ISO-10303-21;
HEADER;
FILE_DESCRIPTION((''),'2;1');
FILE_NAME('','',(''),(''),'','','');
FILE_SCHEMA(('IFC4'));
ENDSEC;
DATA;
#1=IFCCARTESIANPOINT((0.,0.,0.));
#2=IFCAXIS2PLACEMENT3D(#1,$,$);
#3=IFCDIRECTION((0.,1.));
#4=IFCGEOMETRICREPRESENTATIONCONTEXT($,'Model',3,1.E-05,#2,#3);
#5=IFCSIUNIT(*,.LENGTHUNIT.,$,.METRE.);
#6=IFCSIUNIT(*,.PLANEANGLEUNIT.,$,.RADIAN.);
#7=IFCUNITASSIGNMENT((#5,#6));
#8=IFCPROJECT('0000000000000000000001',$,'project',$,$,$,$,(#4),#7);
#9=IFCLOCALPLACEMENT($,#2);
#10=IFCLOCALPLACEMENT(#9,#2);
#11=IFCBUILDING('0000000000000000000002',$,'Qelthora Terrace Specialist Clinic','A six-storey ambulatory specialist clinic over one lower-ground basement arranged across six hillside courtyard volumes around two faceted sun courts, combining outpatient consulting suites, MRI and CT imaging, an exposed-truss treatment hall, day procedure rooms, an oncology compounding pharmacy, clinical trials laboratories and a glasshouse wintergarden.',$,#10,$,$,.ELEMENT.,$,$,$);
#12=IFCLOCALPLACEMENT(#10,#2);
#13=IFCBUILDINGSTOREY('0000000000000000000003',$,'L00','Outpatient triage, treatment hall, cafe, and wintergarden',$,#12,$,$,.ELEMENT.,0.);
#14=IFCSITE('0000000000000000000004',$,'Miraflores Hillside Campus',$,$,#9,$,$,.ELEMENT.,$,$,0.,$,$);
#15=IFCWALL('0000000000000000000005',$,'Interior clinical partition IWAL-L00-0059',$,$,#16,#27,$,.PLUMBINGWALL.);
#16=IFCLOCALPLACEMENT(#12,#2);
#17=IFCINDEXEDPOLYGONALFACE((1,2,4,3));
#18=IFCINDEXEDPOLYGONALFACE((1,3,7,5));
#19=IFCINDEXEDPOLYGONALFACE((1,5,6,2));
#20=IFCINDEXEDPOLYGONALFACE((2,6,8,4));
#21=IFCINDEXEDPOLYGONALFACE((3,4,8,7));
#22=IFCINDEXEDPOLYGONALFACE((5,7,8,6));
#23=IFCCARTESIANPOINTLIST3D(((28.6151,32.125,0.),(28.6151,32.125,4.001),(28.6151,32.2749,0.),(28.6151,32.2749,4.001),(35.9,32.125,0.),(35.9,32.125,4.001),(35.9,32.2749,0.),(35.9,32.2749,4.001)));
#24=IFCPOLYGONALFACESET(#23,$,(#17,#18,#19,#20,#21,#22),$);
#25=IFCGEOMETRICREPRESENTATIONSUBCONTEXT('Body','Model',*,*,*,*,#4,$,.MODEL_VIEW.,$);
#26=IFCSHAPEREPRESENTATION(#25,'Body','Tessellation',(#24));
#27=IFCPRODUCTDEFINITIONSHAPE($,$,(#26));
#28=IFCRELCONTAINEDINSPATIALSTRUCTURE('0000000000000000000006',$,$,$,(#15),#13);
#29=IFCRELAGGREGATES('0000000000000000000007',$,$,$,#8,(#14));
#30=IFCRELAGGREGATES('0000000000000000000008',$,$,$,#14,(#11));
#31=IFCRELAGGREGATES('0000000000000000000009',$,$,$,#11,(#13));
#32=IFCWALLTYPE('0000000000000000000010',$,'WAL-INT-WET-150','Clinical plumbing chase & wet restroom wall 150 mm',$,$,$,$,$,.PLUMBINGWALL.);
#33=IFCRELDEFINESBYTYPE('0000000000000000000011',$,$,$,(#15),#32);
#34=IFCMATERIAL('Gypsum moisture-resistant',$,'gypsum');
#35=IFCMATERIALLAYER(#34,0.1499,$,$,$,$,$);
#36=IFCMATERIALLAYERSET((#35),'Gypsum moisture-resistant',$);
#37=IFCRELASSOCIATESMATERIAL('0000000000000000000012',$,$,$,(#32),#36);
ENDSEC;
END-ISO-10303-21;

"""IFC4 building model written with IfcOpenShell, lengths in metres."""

from ifc_helpers import new_model, si_unit, direction, frame, frame_2d, origin, place, context, subcontext, project, spatial, rectangle, extrude, material, layer, layer_set, type_object, element, save


model = new_model("IFC4")

# Units and contexts
model_context = context("Model", 3, precision=1e-05, world=origin(), true_north=direction((0.0, 1.0)))
body_context = subcontext(model_context, "Body", "Model", "MODEL_VIEW")
ifc_project = project(units=[si_unit("LENGTHUNIT", "METRE"), si_unit("PLANEANGLEUNIT", "RADIAN")], contexts=[model_context])

# Site, building, storey
site_placement = place(None, origin())
site = spatial("IfcSite", under=ifc_project, at=site_placement, Name="Miraflores Hillside Campus", CompositionType="ELEMENT", RefElevation=0.0)
building_placement = place(site_placement, origin())
building = spatial("IfcBuilding", under=site, at=building_placement, Name="Qelthora Terrace Specialist Clinic", Description="A six-storey ambulatory specialist clinic over one lower-ground basement arranged across six hillside courtyard volumes around two faceted sun courts, combining outpatient consulting suites, MRI and CT imaging, an exposed-truss treatment hall, day procedure rooms, an oncology compounding pharmacy, clinical trials laboratories and a glasshouse wintergarden.", CompositionType="ELEMENT")
storey_placement = place(building_placement, origin())
storey = spatial("IfcBuildingStorey", under=building, at=storey_placement, Name="L00", Description="Outpatient triage, treatment hall, cafe, and wintergarden", CompositionType="ELEMENT", Elevation=0.0)

# Wall
ifc_material_1 = material(Name="Gypsum moisture-resistant", Category="gypsum")
ifc_layer_1 = layer(ifc_material_1, 0.1499)
ifc_layer_set_1 = layer_set([ifc_layer_1], Name="Gypsum moisture-resistant")
wall_type_1 = type_object("IfcWallType", Name="WAL-INT-WET-150", Description="Clinical plumbing chase & wet restroom wall 150 mm", PredefinedType="PLUMBINGWALL", material=ifc_layer_set_1)
wall_1_placement = place(storey_placement, frame((28.615, 32.2, 0.0), z_axis=(0.0, 0.0, 1.0), x_axis=(1.0, 0.0, 0.0)))
element("IfcWall", 1, at=wall_1_placement, inside=storey, type_object=wall_type_1, Name="Interior clinical partition IWAL-L00-0059", PredefinedType="PLUMBINGWALL", context=body_context, shape_type="SweptSolid", body=[
    extrude(rectangle(XDim=7.2849, YDim=0.1499, at=frame_2d((3.6426, 0.0))), origin(), (0.0, 0.0, 1.0), 4.001),
])

save(model, "model.ifc")
